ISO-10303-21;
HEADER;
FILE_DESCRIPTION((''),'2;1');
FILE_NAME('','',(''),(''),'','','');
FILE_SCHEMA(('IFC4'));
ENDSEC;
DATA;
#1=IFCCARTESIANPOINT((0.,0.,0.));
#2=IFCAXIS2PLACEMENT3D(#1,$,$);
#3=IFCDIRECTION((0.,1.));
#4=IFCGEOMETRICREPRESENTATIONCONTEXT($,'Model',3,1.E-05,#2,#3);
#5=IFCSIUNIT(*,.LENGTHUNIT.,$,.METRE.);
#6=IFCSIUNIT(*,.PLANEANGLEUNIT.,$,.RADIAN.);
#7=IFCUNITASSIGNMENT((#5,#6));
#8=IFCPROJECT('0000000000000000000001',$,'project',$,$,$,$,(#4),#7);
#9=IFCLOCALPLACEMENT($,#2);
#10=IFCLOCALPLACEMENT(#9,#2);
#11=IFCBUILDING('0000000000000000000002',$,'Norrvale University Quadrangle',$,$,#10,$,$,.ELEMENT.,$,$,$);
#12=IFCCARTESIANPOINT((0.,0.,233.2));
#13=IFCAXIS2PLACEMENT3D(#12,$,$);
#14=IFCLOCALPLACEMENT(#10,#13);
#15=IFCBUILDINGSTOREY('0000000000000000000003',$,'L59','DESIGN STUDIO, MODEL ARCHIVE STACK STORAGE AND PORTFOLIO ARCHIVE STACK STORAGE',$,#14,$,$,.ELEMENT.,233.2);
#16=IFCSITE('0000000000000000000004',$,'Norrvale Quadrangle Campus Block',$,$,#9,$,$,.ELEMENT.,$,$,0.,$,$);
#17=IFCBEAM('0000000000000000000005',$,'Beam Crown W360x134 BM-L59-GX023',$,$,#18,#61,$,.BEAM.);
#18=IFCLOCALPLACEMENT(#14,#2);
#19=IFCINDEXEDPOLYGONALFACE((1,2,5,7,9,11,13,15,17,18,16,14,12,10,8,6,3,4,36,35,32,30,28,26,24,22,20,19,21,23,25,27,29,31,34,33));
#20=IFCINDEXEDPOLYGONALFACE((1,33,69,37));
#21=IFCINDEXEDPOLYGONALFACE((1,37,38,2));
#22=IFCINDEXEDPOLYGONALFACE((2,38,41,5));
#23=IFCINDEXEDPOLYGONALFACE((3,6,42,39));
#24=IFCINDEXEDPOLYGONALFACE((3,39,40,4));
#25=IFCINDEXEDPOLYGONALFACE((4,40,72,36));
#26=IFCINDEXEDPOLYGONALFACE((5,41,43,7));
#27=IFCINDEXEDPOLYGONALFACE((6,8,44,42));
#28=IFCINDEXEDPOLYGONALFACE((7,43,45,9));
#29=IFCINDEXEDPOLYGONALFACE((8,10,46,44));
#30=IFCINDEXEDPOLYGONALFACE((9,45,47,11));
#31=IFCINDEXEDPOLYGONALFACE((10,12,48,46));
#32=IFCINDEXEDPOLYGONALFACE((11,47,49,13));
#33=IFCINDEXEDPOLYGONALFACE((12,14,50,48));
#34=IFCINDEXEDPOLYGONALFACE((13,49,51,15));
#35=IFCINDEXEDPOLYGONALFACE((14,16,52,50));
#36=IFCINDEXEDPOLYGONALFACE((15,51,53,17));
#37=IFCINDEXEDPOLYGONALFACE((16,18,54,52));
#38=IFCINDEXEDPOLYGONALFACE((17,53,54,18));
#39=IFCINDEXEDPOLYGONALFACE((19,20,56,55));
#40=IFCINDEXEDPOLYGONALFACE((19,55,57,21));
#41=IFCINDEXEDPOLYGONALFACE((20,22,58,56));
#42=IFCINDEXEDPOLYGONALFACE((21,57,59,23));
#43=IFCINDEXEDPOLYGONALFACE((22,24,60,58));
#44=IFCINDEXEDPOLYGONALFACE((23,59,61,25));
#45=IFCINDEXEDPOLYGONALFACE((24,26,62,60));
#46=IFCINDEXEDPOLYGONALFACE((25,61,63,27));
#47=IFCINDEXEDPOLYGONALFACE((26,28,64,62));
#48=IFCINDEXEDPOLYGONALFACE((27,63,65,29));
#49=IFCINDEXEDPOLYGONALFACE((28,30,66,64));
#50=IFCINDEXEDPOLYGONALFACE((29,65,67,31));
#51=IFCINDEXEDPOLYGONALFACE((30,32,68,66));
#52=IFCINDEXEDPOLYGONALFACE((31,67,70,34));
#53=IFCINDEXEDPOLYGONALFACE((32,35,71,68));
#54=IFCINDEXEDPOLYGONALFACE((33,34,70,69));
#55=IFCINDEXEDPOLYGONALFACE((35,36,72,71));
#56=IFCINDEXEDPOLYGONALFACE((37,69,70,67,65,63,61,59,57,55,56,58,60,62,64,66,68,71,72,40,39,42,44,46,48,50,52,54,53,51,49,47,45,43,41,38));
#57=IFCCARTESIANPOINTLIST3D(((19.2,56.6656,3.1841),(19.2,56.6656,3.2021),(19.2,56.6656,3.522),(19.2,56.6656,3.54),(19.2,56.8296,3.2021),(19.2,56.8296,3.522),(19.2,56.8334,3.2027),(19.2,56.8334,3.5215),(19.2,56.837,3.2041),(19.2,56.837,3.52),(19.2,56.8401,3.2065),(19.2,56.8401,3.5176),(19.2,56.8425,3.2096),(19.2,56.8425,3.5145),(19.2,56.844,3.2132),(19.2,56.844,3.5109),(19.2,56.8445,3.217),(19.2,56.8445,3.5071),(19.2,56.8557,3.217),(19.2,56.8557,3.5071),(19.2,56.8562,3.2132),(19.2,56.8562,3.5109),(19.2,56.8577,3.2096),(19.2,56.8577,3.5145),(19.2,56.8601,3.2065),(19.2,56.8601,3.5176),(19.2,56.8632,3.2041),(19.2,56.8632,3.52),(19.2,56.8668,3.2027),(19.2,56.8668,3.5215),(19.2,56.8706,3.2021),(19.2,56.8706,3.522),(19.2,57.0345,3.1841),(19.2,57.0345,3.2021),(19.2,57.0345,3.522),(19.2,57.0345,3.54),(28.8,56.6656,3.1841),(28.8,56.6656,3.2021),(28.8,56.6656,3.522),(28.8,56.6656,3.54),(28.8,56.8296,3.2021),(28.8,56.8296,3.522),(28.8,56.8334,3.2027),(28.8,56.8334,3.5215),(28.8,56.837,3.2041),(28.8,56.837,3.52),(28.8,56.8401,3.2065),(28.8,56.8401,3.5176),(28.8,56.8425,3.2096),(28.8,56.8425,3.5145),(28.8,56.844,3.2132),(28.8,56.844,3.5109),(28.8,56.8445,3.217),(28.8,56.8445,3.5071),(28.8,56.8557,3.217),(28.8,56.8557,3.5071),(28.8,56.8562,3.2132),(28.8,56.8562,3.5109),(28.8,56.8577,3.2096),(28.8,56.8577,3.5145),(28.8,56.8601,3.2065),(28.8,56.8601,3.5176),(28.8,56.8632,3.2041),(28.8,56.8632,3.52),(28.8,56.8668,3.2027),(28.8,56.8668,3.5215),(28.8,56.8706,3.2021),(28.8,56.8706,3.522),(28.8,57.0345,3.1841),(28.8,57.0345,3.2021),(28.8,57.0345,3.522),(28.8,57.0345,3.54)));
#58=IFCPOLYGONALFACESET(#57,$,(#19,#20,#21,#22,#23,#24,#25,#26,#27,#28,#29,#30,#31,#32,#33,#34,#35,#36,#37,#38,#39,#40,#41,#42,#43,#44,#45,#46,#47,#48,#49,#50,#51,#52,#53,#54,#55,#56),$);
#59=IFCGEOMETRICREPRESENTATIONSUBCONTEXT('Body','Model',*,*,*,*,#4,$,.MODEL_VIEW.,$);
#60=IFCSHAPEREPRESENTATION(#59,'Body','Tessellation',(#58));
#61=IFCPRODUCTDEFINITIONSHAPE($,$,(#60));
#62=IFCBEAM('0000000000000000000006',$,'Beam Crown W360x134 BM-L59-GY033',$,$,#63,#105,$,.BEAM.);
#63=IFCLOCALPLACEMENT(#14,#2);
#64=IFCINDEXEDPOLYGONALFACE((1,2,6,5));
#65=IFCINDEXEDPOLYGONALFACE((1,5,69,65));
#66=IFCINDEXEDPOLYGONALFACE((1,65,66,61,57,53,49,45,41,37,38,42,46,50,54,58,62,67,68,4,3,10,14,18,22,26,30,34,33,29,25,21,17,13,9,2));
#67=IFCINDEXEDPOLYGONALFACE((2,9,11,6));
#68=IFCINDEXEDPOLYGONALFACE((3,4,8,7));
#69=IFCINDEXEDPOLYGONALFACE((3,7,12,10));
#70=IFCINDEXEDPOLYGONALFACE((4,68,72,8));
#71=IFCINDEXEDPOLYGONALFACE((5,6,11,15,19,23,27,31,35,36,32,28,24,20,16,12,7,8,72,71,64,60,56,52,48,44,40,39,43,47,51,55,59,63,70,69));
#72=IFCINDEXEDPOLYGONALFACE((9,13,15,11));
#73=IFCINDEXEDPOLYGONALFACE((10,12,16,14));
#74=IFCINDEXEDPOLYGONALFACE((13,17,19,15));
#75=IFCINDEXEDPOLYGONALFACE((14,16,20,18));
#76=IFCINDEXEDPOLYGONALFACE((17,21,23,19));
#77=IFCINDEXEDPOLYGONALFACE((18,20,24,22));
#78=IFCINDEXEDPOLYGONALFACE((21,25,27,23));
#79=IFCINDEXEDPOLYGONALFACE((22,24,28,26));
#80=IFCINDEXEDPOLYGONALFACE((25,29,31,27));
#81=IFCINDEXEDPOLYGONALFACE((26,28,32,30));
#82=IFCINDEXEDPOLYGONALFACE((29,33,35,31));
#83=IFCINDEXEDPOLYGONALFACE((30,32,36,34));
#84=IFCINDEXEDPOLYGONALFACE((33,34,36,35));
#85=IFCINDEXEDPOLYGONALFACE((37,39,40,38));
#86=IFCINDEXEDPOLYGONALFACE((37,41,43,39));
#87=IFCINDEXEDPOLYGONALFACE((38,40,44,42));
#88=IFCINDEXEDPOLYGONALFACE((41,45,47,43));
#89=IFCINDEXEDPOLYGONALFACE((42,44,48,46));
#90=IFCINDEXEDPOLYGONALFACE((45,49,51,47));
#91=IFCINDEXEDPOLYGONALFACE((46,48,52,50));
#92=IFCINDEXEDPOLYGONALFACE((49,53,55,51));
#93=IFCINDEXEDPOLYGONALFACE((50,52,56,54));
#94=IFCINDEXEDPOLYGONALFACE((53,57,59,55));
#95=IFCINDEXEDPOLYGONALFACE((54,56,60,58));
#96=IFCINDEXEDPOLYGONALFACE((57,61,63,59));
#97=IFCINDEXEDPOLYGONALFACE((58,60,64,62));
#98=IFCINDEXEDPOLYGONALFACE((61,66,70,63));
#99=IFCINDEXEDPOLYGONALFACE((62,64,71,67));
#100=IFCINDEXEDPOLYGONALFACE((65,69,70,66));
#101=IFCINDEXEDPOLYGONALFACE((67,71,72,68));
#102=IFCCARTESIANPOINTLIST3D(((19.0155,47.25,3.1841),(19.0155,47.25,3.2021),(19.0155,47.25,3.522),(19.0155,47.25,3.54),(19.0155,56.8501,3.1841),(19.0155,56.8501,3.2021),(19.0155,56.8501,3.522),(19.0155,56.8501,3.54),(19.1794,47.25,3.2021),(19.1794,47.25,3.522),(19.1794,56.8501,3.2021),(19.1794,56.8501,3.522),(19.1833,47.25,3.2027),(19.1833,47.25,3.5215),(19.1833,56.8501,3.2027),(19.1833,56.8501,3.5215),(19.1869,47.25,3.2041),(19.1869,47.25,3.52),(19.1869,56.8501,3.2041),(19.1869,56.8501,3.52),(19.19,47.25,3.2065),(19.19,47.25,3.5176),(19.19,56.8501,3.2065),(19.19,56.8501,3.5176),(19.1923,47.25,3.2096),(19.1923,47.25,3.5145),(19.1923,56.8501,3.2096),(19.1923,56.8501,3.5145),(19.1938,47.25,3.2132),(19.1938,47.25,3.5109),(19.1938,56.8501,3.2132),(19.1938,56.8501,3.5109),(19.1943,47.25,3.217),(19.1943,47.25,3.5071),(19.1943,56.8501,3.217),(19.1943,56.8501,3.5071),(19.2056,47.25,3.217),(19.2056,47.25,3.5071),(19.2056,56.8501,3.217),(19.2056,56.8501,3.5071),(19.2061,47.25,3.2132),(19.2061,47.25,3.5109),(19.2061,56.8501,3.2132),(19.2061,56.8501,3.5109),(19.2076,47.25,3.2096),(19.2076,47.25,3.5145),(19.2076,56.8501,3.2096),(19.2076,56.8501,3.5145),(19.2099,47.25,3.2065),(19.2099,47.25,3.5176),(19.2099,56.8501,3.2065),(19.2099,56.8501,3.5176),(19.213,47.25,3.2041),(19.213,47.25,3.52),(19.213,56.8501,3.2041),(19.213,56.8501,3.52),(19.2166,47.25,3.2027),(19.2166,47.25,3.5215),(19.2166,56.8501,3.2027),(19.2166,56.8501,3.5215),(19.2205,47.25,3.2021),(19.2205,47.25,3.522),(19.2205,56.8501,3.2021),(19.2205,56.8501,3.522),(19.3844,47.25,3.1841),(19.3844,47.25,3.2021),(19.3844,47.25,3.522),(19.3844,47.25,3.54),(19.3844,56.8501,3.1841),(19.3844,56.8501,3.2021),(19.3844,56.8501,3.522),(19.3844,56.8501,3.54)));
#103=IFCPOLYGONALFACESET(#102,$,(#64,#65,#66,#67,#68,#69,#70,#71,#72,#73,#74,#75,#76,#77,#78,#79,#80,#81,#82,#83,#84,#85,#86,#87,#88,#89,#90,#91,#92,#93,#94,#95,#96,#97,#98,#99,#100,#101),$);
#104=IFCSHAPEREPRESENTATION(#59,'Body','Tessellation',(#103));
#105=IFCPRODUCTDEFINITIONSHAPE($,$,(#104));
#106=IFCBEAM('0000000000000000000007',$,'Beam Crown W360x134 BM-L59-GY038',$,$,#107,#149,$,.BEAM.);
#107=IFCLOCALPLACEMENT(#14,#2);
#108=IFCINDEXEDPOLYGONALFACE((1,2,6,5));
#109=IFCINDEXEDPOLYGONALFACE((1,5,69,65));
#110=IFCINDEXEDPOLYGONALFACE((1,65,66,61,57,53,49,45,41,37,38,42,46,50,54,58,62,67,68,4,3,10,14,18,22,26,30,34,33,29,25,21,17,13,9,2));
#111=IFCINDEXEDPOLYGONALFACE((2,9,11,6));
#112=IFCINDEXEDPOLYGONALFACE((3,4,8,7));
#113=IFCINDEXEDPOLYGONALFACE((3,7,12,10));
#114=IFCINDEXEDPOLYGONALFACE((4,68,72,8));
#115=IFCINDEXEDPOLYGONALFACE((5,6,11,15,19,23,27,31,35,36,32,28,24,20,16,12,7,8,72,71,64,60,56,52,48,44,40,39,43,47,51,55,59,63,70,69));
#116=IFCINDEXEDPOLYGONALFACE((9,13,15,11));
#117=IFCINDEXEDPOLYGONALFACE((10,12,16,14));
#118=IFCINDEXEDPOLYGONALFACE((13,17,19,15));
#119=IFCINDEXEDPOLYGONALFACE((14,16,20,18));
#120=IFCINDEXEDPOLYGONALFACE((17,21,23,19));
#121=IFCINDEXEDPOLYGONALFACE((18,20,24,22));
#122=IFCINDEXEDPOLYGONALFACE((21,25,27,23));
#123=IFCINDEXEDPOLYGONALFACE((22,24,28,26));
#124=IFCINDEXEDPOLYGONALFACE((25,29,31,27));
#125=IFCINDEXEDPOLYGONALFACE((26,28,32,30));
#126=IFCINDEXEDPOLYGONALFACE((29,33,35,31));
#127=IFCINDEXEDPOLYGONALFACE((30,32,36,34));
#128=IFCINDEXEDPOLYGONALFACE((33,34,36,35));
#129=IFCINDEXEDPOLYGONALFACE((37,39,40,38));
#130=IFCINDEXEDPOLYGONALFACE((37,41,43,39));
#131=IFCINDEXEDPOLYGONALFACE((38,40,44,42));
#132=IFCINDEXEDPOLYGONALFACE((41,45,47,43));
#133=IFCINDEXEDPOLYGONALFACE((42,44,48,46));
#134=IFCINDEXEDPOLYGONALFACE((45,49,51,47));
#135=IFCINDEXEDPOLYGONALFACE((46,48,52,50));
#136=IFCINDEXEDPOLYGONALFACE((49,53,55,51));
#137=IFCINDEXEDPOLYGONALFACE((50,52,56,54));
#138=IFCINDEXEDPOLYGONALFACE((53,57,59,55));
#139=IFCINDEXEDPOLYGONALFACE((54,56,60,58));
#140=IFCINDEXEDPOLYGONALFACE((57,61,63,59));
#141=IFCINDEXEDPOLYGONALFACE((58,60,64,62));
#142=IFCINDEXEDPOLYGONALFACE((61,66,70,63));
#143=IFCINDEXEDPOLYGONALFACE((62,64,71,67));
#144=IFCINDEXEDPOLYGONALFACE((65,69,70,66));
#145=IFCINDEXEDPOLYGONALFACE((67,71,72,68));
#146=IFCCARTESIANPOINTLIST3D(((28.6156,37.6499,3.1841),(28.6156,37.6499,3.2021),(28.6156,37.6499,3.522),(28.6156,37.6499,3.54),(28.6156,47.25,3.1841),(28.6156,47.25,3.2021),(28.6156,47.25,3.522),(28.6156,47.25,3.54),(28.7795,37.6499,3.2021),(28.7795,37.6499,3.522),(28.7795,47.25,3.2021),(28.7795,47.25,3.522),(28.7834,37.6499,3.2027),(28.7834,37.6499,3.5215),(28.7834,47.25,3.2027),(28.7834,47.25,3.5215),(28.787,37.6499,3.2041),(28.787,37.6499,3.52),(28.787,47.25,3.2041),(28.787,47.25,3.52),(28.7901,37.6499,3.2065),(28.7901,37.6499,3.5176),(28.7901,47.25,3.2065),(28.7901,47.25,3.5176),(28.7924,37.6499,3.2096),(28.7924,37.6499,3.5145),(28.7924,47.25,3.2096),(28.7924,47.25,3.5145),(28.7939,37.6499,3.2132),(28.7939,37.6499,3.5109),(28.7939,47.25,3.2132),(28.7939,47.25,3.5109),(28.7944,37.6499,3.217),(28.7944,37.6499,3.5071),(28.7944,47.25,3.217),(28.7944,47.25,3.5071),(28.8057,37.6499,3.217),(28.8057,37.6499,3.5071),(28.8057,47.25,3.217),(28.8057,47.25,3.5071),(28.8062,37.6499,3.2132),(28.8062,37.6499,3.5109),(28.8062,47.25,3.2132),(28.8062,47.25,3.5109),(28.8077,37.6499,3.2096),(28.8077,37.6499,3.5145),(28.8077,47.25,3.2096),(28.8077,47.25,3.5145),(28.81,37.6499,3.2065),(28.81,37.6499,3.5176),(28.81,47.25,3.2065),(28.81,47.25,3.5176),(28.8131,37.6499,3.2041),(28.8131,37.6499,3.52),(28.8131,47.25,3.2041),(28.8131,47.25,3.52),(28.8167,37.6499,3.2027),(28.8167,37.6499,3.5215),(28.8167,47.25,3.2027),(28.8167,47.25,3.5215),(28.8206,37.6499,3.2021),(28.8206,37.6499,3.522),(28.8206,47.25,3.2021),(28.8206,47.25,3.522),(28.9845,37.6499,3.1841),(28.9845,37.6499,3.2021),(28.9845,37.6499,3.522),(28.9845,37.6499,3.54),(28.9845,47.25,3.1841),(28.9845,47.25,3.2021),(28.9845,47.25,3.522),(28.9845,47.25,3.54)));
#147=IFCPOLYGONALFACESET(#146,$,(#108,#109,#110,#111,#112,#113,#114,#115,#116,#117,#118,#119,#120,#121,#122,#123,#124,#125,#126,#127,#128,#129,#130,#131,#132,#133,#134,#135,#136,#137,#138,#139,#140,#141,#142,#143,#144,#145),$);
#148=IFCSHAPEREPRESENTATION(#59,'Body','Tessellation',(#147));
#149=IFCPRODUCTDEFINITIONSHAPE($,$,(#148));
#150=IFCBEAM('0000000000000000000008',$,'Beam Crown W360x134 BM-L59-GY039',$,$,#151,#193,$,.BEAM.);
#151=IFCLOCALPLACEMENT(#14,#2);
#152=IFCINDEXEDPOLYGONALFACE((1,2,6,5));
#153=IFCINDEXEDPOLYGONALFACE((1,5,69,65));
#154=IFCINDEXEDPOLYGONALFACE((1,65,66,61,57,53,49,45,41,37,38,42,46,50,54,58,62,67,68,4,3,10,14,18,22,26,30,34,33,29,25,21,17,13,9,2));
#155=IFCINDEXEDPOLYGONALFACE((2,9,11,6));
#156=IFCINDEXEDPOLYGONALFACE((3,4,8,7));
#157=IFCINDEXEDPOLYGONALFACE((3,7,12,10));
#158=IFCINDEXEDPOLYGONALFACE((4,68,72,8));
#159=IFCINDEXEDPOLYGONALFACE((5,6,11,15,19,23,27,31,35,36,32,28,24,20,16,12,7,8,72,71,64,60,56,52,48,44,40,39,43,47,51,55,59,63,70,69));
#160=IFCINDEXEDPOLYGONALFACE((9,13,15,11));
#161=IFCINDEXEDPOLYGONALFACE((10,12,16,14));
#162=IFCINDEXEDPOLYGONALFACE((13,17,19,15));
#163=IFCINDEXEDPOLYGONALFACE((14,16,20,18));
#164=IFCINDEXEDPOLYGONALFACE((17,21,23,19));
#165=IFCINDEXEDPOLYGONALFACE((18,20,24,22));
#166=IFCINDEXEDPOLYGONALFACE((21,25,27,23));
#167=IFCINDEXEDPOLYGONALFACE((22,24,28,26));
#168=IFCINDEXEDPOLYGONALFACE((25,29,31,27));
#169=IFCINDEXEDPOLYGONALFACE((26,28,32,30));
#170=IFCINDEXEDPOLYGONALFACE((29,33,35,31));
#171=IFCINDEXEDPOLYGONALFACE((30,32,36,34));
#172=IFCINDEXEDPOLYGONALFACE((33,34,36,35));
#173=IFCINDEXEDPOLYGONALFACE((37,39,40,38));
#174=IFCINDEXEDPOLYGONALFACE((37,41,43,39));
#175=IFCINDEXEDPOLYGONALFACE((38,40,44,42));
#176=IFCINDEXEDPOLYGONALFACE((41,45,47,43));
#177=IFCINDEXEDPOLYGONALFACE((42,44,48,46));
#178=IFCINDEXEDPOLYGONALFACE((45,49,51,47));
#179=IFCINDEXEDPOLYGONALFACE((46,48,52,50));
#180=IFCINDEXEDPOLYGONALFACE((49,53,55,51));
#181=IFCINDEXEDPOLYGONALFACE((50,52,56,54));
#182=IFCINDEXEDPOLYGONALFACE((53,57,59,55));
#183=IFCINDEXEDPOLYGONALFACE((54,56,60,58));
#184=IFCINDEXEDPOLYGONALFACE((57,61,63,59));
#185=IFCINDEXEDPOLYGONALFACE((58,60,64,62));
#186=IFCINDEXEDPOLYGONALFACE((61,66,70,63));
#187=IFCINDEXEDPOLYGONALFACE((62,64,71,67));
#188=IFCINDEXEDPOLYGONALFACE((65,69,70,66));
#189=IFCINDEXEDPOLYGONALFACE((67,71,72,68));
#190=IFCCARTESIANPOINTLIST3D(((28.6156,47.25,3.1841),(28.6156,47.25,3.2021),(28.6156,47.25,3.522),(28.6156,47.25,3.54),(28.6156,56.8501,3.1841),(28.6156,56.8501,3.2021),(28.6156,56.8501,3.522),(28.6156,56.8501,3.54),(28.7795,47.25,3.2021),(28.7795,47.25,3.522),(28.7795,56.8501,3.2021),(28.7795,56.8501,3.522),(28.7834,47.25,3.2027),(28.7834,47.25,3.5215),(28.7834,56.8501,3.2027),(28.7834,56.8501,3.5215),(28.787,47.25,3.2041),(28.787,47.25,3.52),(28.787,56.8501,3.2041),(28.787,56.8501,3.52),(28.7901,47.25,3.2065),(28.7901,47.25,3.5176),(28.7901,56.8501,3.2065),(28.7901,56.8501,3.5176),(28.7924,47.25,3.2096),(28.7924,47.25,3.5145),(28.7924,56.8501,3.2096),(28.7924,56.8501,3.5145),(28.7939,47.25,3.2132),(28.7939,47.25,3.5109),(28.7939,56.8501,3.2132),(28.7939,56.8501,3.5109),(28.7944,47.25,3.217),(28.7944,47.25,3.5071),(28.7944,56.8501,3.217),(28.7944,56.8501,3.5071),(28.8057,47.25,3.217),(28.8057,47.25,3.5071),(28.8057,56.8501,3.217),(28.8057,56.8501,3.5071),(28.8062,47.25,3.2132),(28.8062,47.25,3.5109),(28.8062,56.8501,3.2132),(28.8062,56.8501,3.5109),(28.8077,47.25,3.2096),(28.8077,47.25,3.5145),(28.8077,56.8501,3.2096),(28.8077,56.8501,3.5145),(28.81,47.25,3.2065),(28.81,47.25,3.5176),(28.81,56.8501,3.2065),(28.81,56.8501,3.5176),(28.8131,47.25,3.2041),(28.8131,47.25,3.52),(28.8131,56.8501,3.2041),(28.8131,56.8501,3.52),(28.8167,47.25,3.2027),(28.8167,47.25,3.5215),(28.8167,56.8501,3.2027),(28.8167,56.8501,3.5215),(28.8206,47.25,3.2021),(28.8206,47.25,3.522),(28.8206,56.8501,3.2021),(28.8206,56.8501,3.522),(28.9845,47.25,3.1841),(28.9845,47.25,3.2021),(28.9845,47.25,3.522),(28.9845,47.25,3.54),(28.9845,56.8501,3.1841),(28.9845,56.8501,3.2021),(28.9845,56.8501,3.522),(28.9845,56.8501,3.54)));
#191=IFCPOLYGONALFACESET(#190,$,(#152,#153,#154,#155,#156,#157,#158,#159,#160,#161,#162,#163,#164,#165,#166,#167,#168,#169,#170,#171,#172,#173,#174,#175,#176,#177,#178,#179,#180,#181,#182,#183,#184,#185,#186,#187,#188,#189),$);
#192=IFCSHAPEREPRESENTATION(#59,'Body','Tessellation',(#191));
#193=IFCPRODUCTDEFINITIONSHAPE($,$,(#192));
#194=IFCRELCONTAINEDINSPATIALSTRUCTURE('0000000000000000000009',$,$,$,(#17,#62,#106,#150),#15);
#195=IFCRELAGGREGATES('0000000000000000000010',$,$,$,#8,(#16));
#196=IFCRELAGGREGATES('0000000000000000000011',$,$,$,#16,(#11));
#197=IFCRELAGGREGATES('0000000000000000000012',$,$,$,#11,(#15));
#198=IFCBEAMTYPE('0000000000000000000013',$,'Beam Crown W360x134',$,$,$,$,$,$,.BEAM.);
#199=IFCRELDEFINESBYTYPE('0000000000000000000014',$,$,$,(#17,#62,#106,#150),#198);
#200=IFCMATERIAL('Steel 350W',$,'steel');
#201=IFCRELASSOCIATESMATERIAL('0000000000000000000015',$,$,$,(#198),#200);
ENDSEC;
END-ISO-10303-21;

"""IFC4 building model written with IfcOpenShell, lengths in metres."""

from ifc_helpers import new_model, si_unit, direction, frame, origin, origin_2d, place, context, subcontext, project, spatial, i_section, extrude, material, material_profile, profile_set, type_object, element, save


model = new_model("IFC4")

# Units and contexts
model_context = context("Model", 3, precision=1e-05, world=origin(), true_north=direction((0.0, 1.0)))
body_context = subcontext(model_context, "Body", "Model", "MODEL_VIEW")
ifc_project = project(units=[si_unit("LENGTHUNIT", "METRE"), si_unit("PLANEANGLEUNIT", "RADIAN")], contexts=[model_context])

# Site, building, storey
site_placement = place(None, origin())
site = spatial("IfcSite", under=ifc_project, at=site_placement, Name="Norrvale Quadrangle Campus Block", CompositionType="ELEMENT", RefElevation=0.0)
building_placement = place(site_placement, origin())
building = spatial("IfcBuilding", under=site, at=building_placement, Name="Norrvale University Quadrangle", CompositionType="ELEMENT")
storey_placement = place(building_placement, frame((0.0, 0.0, 233.2)))
storey = spatial("IfcBuildingStorey", under=building, at=storey_placement, Name="L59", Description="DESIGN STUDIO, MODEL ARCHIVE STACK STORAGE AND PORTFOLIO ARCHIVE STACK STORAGE", CompositionType="ELEMENT", Elevation=233.2)

# Beams
ifc_material_1 = material(Name="Steel 350W", Category="steel")
ifc_material_profile_1 = material_profile(ifc_material_1, i_section(OverallWidth=0.3689, OverallDepth=0.356, WebThickness=0.0112, FlangeThickness=0.0181, FilletRadius=0.0149, at=origin_2d()), Name="Steel 350W")
ifc_profile_set_1 = profile_set([ifc_material_profile_1], Name="Steel 350W")
beam_type_1 = type_object("IfcBeamType", Name="Beam Crown W360x134", PredefinedType="BEAM", material=ifc_profile_set_1)
for number, where, z_axis, x_axis, name in (
    (1, (19.2, 56.8501, 3.3621), (1.0, 0.0, 0.0), (0.0, 1.0, 0.0), "Beam Crown W360x134 BM-L59-GX023"),
    (2, (19.2, 47.25, 3.3621), (0.0, 1.0, 0.0), (-1.0, 0.0, 0.0), "Beam Crown W360x134 BM-L59-GY033"),
    (3, (28.8, 37.6499, 3.3621), (0.0, 1.0, 0.0), (-1.0, 0.0, 0.0), "Beam Crown W360x134 BM-L59-GY038"),
    (4, (28.8, 47.25, 3.3621), (0.0, 1.0, 0.0), (-1.0, 0.0, 0.0), "Beam Crown W360x134 BM-L59-GY039"),
):
    element("IfcBeam", number, at=place(storey_placement, frame(where, z_axis=z_axis, x_axis=x_axis)), inside=storey, type_object=beam_type_1, Name=name, PredefinedType="BEAM", context=body_context, shape_type="SweptSolid", body=[
        extrude(i_section(OverallWidth=0.3689, OverallDepth=0.356, WebThickness=0.0112, FlangeThickness=0.0181, FilletRadius=0.0149, at=origin_2d()), origin(), (0.0, 0.0, 1.0), 9.6001),
    ])

save(model, "model.ifc")
